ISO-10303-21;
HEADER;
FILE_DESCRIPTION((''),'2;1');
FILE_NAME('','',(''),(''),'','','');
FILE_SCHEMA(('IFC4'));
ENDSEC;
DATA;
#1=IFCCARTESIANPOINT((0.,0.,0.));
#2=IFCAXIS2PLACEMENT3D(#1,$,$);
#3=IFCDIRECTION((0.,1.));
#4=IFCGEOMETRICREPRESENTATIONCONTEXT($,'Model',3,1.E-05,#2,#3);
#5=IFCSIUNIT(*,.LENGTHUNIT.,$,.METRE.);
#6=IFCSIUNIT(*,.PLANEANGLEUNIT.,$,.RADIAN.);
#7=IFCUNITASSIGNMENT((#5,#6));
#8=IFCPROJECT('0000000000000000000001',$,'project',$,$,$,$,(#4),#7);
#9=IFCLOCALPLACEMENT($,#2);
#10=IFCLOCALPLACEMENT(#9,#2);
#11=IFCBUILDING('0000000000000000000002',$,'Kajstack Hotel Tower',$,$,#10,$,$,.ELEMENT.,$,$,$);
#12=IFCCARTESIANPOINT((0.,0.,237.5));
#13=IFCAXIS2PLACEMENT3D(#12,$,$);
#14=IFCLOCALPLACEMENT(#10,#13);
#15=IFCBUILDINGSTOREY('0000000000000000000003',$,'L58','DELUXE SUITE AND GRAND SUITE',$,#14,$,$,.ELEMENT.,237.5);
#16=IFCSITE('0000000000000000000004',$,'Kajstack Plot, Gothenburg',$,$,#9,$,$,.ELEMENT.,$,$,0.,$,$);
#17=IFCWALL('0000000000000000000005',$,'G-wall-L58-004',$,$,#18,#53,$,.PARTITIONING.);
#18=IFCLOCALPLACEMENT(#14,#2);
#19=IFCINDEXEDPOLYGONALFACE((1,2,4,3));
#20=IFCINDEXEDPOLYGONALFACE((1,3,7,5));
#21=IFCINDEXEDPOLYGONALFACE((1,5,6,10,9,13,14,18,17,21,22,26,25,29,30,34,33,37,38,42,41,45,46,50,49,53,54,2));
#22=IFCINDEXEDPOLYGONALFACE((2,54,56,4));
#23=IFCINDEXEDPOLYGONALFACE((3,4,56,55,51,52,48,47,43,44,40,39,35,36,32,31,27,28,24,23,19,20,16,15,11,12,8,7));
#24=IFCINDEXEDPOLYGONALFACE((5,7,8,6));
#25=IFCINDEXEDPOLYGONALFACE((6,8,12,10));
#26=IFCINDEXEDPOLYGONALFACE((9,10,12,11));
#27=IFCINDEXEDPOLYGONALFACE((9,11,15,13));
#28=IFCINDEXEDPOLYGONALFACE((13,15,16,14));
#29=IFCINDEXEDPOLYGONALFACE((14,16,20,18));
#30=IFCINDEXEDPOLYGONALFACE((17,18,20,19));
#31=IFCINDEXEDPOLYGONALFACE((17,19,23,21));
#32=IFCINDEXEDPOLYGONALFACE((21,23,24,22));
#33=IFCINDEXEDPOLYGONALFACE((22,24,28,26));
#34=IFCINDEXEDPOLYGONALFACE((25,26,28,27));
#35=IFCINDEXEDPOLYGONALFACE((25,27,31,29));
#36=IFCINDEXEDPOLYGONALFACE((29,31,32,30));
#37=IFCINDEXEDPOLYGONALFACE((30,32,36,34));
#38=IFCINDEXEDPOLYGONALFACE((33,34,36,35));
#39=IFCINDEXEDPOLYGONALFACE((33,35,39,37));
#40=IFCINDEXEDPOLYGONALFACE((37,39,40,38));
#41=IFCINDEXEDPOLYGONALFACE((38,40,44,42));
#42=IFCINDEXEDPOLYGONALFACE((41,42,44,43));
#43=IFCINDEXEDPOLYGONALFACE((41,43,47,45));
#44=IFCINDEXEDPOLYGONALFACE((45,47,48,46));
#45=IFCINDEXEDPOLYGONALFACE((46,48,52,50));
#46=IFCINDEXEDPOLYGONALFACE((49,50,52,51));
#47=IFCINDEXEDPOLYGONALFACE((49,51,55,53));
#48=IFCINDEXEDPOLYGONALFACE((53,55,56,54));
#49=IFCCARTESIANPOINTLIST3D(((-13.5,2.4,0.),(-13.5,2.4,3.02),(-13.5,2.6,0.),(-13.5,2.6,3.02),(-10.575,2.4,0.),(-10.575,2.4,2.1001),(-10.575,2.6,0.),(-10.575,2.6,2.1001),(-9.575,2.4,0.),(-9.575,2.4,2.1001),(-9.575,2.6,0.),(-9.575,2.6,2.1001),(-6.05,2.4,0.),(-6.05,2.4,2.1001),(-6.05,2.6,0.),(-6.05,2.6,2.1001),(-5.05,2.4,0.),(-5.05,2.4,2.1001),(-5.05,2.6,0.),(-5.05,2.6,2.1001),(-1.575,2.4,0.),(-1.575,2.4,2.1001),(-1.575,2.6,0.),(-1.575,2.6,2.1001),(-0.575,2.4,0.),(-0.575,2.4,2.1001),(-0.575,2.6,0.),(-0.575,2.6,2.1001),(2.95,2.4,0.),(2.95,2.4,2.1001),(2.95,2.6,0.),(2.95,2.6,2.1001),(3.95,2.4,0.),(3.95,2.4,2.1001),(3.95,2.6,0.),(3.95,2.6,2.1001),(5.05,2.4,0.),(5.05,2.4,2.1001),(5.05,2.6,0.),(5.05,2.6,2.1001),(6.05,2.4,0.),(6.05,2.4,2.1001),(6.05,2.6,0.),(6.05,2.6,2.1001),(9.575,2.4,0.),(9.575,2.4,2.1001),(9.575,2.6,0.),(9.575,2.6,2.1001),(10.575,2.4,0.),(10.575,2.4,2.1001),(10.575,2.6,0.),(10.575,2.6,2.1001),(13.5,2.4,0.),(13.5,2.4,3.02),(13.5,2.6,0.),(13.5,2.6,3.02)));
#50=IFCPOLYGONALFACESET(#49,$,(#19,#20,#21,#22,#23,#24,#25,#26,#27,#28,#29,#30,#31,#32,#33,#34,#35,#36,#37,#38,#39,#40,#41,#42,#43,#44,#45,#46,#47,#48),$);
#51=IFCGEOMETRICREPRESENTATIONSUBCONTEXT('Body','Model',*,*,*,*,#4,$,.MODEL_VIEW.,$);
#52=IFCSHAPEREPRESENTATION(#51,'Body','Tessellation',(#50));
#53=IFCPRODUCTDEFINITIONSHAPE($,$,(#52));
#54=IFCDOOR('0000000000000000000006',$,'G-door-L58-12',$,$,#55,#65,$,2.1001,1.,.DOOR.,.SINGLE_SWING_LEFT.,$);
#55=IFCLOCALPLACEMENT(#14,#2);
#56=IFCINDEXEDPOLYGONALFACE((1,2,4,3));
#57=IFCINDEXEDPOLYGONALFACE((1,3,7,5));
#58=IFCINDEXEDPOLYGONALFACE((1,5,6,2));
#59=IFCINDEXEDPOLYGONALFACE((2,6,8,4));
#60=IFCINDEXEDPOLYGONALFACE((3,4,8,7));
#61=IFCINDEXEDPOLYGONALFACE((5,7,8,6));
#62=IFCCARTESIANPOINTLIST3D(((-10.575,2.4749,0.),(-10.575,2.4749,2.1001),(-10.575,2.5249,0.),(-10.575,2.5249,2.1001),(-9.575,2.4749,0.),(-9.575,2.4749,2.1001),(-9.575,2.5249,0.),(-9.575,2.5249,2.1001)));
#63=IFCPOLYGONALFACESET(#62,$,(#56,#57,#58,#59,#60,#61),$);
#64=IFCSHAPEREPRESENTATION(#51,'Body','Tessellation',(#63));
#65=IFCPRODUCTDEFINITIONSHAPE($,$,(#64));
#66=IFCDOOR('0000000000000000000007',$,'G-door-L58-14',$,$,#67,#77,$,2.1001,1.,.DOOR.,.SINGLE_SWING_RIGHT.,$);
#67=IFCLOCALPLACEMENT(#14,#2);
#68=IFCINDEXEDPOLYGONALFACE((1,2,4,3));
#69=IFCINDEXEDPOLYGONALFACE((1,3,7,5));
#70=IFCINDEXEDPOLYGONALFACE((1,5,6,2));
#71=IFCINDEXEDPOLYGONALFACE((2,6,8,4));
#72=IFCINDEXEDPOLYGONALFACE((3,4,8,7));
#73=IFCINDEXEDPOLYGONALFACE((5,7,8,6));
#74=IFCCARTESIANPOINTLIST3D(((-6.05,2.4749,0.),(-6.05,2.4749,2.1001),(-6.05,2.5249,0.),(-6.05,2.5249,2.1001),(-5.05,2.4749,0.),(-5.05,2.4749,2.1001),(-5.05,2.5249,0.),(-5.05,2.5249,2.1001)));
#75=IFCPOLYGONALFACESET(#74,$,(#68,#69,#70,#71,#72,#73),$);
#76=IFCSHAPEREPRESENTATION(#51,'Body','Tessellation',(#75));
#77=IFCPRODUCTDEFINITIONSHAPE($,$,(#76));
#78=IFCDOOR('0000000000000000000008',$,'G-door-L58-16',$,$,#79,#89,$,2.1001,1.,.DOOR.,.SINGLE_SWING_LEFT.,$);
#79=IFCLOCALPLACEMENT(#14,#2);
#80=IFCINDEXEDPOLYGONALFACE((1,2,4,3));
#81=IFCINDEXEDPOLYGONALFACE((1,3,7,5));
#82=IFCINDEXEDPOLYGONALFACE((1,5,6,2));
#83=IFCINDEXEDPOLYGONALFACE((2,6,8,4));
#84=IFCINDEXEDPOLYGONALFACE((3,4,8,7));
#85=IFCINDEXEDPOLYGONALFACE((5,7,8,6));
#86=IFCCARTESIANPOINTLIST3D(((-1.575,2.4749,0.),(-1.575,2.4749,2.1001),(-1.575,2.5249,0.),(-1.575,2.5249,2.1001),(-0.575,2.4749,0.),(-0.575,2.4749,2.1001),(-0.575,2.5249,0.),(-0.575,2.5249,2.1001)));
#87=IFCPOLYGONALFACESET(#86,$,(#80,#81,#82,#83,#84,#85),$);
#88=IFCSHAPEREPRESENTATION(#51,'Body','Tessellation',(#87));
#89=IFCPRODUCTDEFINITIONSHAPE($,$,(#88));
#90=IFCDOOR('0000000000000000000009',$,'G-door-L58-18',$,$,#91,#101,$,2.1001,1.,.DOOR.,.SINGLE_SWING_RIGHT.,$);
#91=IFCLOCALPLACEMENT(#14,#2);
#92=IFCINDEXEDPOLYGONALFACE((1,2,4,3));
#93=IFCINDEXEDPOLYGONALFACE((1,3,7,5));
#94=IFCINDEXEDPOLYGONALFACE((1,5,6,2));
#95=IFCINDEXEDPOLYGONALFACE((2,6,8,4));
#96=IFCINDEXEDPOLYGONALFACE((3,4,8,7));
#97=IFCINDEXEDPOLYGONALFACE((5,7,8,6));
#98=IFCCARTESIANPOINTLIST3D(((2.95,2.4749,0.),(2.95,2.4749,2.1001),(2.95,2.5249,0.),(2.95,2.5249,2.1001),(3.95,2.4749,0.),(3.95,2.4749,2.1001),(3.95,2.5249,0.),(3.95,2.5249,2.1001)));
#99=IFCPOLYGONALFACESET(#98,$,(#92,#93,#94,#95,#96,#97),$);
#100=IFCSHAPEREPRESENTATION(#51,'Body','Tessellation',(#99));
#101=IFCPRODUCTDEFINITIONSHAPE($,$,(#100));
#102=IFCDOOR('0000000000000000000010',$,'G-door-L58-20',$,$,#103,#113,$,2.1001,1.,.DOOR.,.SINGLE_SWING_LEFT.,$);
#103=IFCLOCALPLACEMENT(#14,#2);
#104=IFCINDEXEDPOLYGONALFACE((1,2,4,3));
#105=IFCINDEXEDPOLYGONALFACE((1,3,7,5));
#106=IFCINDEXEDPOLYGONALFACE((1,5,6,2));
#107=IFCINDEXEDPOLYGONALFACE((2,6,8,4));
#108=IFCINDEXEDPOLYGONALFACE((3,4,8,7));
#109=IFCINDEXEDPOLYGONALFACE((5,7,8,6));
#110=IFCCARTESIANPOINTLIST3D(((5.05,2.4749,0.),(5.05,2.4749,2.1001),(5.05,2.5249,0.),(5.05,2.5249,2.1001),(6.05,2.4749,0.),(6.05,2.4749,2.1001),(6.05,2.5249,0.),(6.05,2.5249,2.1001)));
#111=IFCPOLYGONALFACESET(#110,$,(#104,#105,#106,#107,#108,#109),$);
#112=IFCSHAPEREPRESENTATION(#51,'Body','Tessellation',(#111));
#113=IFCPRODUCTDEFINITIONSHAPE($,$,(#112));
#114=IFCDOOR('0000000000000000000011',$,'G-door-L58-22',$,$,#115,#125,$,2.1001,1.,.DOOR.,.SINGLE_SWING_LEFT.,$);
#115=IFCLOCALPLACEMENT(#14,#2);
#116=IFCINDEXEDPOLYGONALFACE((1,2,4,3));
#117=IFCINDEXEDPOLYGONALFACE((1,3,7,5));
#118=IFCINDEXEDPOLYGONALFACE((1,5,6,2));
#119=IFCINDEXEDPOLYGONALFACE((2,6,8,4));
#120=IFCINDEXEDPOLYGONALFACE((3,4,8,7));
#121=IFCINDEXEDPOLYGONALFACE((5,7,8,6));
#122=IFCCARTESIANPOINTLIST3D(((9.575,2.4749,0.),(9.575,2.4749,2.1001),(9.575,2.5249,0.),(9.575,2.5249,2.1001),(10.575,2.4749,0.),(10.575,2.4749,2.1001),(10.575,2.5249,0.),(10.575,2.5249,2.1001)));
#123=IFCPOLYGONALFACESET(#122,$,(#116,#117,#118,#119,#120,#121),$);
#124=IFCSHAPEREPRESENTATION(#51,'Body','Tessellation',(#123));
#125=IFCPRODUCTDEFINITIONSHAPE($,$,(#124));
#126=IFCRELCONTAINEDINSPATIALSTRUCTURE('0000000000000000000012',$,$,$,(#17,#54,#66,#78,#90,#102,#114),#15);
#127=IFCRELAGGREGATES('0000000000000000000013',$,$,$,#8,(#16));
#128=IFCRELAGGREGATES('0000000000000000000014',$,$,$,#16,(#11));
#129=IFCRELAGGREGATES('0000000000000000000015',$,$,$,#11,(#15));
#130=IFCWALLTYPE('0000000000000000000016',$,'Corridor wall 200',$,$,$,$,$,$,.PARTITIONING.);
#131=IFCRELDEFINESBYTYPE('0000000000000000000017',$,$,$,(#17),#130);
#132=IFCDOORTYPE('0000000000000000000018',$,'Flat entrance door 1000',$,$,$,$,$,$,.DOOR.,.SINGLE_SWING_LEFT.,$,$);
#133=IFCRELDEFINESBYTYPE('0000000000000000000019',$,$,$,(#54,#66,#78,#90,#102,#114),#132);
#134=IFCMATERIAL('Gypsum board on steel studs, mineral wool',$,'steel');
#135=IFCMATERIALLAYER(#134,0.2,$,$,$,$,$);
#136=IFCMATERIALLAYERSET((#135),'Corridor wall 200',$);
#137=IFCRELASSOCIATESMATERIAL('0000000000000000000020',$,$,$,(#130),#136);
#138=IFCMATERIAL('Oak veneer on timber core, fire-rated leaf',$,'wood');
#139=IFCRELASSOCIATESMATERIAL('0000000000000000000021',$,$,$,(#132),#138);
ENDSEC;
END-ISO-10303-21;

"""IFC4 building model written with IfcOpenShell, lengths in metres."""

from ifc_helpers import new_model, si_unit, direction, frame, frame_2d, origin, place, context, subcontext, project, spatial, rectangle, extrude, material, layer, layer_set, type_object, element, fill, save


model = new_model("IFC4")

# Units and contexts
model_context = context("Model", 3, precision=1e-05, world=origin(), true_north=direction((0.0, 1.0)))
body_context = subcontext(model_context, "Body", "Model", "MODEL_VIEW")
ifc_project = project(units=[si_unit("LENGTHUNIT", "METRE"), si_unit("PLANEANGLEUNIT", "RADIAN")], contexts=[model_context])

# Site, building, storey
site_placement = place(None, origin())
site = spatial("IfcSite", under=ifc_project, at=site_placement, Name="Kajstack Plot, Gothenburg", CompositionType="ELEMENT", RefElevation=0.0)
building_placement = place(site_placement, origin())
building = spatial("IfcBuilding", under=site, at=building_placement, Name="Kajstack Hotel Tower", CompositionType="ELEMENT")
storey_placement = place(building_placement, frame((0.0, 0.0, 237.5)))
storey = spatial("IfcBuildingStorey", under=building, at=storey_placement, Name="L58", Description="DELUXE SUITE AND GRAND SUITE", CompositionType="ELEMENT", Elevation=237.5)

# Wall, openings, doors
ifc_material_1 = material(Name="Gypsum board on steel studs, mineral wool", Category="steel")
ifc_layer_1 = layer(ifc_material_1, 0.2)
ifc_layer_set_1 = layer_set([ifc_layer_1], Name="Corridor wall 200")
wall_type_1 = type_object("IfcWallType", Name="Corridor wall 200", PredefinedType="PARTITIONING", material=ifc_layer_set_1)
wall_1_placement = place(storey_placement, frame((-13.5, 2.5, 0.0), z_axis=(0.0, 0.0, 1.0), x_axis=(1.0, 0.0, 0.0)))
wall_1 = element("IfcWall", 1, at=wall_1_placement, inside=storey, type_object=wall_type_1, Name="G-wall-L58-004", PredefinedType="PARTITIONING", context=body_context, shape_type="SweptSolid", body=[
    extrude(rectangle(XDim=27.0, YDim=0.2, at=frame_2d((13.5, 0.0))), origin(), (0.0, 0.0, 1.0), 3.02),
])
opening_1_placement = place(wall_1_placement, frame((2.925, 0.0, 0.0)))
opening_1 = element("IfcOpeningElement", 2, at=opening_1_placement, cuts=wall_1, PredefinedType="OPENING", context=body_context, shape_type="SweptSolid", body=[
    extrude(rectangle(XDim=1.0, YDim=2.1001, at=frame_2d((0.5, 1.05))), frame((0.0, 0.1099, 0.0), z_axis=(0.0, -1.0, 0.0), x_axis=(1.0, 0.0, 0.0)), (0.0, 0.0, 1.0), 0.22),
])
opening_2_placement = place(wall_1_placement, frame((7.45, 0.0, 0.0)))
opening_2 = element("IfcOpeningElement", 3, at=opening_2_placement, cuts=wall_1, PredefinedType="OPENING", context=body_context, shape_type="SweptSolid", body=[
    extrude(rectangle(XDim=1.0, YDim=2.1001, at=frame_2d((0.5, 1.05))), frame((0.0, 0.1099, 0.0), z_axis=(0.0, -1.0, 0.0), x_axis=(1.0, 0.0, 0.0)), (0.0, 0.0, 1.0), 0.22),
])
opening_3_placement = place(wall_1_placement, frame((11.925, 0.0, 0.0)))
opening_3 = element("IfcOpeningElement", 4, at=opening_3_placement, cuts=wall_1, PredefinedType="OPENING", context=body_context, shape_type="SweptSolid", body=[
    extrude(rectangle(XDim=1.0, YDim=2.1001, at=frame_2d((0.5, 1.05))), frame((0.0, 0.1099, 0.0), z_axis=(0.0, -1.0, 0.0), x_axis=(1.0, 0.0, 0.0)), (0.0, 0.0, 1.0), 0.22),
])
opening_4_placement = place(wall_1_placement, frame((16.45, 0.0, 0.0)))
opening_4 = element("IfcOpeningElement", 5, at=opening_4_placement, cuts=wall_1, PredefinedType="OPENING", context=body_context, shape_type="SweptSolid", body=[
    extrude(rectangle(XDim=1.0, YDim=2.1001, at=frame_2d((0.5, 1.05))), frame((0.0, 0.1099, 0.0), z_axis=(0.0, -1.0, 0.0), x_axis=(1.0, 0.0, 0.0)), (0.0, 0.0, 1.0), 0.22),
])
opening_5_placement = place(wall_1_placement, frame((18.55, 0.0, 0.0)))
opening_5 = element("IfcOpeningElement", 6, at=opening_5_placement, cuts=wall_1, PredefinedType="OPENING", context=body_context, shape_type="SweptSolid", body=[
    extrude(rectangle(XDim=1.0, YDim=2.1001, at=frame_2d((0.5, 1.05))), frame((0.0, 0.1099, 0.0), z_axis=(0.0, -1.0, 0.0), x_axis=(1.0, 0.0, 0.0)), (0.0, 0.0, 1.0), 0.22),
])
opening_6_placement = place(wall_1_placement, frame((23.075, 0.0, 0.0)))
opening_6 = element("IfcOpeningElement", 7, at=opening_6_placement, cuts=wall_1, PredefinedType="OPENING", context=body_context, shape_type="SweptSolid", body=[
    extrude(rectangle(XDim=1.0, YDim=2.1001, at=frame_2d((0.5, 1.05))), frame((0.0, 0.1099, 0.0), z_axis=(0.0, -1.0, 0.0), x_axis=(1.0, 0.0, 0.0)), (0.0, 0.0, 1.0), 0.22),
])
ifc_material_2 = material(Name="Oak veneer on timber core, fire-rated leaf", Category="wood")
door_type_1 = type_object("IfcDoorType", Name="Flat entrance door 1000", OperationType="SINGLE_SWING_LEFT", PredefinedType="DOOR", material=ifc_material_2)
door_1_placement = place(opening_1_placement, origin())
door_1 = element("IfcDoor", 8, at=door_1_placement, inside=storey, type_object=door_type_1, Name="G-door-L58-12", OperationType="SINGLE_SWING_LEFT", OverallHeight=2.1001, OverallWidth=1.0, PredefinedType="DOOR", context=body_context, shape_type="SweptSolid", body=[
    extrude(rectangle(XDim=1.0, YDim=2.1001, at=frame_2d((0.5, 1.05))), frame((0.0, 0.0249, 0.0), z_axis=(0.0, -1.0, 0.0), x_axis=(1.0, 0.0, 0.0)), (0.0, 0.0, 1.0), 0.05),
])
fill(opening_1, door_1)
door_2_placement = place(opening_2_placement, origin())
door_2 = element("IfcDoor", 9, at=door_2_placement, inside=storey, type_object=door_type_1, Name="G-door-L58-14", OperationType="SINGLE_SWING_RIGHT", OverallHeight=2.1001, OverallWidth=1.0, PredefinedType="DOOR", context=body_context, shape_type="SweptSolid", body=[
    extrude(rectangle(XDim=1.0, YDim=2.1001, at=frame_2d((0.5, 1.05))), frame((0.0, 0.0249, 0.0), z_axis=(0.0, -1.0, 0.0), x_axis=(1.0, 0.0, 0.0)), (0.0, 0.0, 1.0), 0.05),
])
fill(opening_2, door_2)
door_3_placement = place(opening_3_placement, origin())
door_3 = element("IfcDoor", 10, at=door_3_placement, inside=storey, type_object=door_type_1, Name="G-door-L58-16", OperationType="SINGLE_SWING_LEFT", OverallHeight=2.1001, OverallWidth=1.0, PredefinedType="DOOR", context=body_context, shape_type="SweptSolid", body=[
    extrude(rectangle(XDim=1.0, YDim=2.1001, at=frame_2d((0.5, 1.05))), frame((0.0, 0.0249, 0.0), z_axis=(0.0, -1.0, 0.0), x_axis=(1.0, 0.0, 0.0)), (0.0, 0.0, 1.0), 0.05),
])
fill(opening_3, door_3)
door_4_placement = place(opening_4_placement, origin())
door_4 = element("IfcDoor", 11, at=door_4_placement, inside=storey, type_object=door_type_1, Name="G-door-L58-18", OperationType="SINGLE_SWING_RIGHT", OverallHeight=2.1001, OverallWidth=1.0, PredefinedType="DOOR", context=body_context, shape_type="SweptSolid", body=[
    extrude(rectangle(XDim=1.0, YDim=2.1001, at=frame_2d((0.5, 1.05))), frame((0.0, 0.0249, 0.0), z_axis=(0.0, -1.0, 0.0), x_axis=(1.0, 0.0, 0.0)), (0.0, 0.0, 1.0), 0.05),
])
fill(opening_4, door_4)
door_5_placement = place(opening_5_placement, origin())
door_5 = element("IfcDoor", 12, at=door_5_placement, inside=storey, type_object=door_type_1, Name="G-door-L58-20", OperationType="SINGLE_SWING_LEFT", OverallHeight=2.1001, OverallWidth=1.0, PredefinedType="DOOR", context=body_context, shape_type="SweptSolid", body=[
    extrude(rectangle(XDim=1.0, YDim=2.1001, at=frame_2d((0.5, 1.05))), frame((0.0, 0.0249, 0.0), z_axis=(0.0, -1.0, 0.0), x_axis=(1.0, 0.0, 0.0)), (0.0, 0.0, 1.0), 0.05),
])
fill(opening_5, door_5)
door_6_placement = place(opening_6_placement, origin())
door_6 = element("IfcDoor", 13, at=door_6_placement, inside=storey, type_object=door_type_1, Name="G-door-L58-22", OperationType="SINGLE_SWING_LEFT", OverallHeight=2.1001, OverallWidth=1.0, PredefinedType="DOOR", context=body_context, shape_type="SweptSolid", body=[
    extrude(rectangle(XDim=1.0, YDim=2.1001, at=frame_2d((0.5, 1.05))), frame((0.0, 0.0249, 0.0), z_axis=(0.0, -1.0, 0.0), x_axis=(1.0, 0.0, 0.0)), (0.0, 0.0, 1.0), 0.05),
])
fill(opening_6, door_6)

save(model, "model.ifc")
